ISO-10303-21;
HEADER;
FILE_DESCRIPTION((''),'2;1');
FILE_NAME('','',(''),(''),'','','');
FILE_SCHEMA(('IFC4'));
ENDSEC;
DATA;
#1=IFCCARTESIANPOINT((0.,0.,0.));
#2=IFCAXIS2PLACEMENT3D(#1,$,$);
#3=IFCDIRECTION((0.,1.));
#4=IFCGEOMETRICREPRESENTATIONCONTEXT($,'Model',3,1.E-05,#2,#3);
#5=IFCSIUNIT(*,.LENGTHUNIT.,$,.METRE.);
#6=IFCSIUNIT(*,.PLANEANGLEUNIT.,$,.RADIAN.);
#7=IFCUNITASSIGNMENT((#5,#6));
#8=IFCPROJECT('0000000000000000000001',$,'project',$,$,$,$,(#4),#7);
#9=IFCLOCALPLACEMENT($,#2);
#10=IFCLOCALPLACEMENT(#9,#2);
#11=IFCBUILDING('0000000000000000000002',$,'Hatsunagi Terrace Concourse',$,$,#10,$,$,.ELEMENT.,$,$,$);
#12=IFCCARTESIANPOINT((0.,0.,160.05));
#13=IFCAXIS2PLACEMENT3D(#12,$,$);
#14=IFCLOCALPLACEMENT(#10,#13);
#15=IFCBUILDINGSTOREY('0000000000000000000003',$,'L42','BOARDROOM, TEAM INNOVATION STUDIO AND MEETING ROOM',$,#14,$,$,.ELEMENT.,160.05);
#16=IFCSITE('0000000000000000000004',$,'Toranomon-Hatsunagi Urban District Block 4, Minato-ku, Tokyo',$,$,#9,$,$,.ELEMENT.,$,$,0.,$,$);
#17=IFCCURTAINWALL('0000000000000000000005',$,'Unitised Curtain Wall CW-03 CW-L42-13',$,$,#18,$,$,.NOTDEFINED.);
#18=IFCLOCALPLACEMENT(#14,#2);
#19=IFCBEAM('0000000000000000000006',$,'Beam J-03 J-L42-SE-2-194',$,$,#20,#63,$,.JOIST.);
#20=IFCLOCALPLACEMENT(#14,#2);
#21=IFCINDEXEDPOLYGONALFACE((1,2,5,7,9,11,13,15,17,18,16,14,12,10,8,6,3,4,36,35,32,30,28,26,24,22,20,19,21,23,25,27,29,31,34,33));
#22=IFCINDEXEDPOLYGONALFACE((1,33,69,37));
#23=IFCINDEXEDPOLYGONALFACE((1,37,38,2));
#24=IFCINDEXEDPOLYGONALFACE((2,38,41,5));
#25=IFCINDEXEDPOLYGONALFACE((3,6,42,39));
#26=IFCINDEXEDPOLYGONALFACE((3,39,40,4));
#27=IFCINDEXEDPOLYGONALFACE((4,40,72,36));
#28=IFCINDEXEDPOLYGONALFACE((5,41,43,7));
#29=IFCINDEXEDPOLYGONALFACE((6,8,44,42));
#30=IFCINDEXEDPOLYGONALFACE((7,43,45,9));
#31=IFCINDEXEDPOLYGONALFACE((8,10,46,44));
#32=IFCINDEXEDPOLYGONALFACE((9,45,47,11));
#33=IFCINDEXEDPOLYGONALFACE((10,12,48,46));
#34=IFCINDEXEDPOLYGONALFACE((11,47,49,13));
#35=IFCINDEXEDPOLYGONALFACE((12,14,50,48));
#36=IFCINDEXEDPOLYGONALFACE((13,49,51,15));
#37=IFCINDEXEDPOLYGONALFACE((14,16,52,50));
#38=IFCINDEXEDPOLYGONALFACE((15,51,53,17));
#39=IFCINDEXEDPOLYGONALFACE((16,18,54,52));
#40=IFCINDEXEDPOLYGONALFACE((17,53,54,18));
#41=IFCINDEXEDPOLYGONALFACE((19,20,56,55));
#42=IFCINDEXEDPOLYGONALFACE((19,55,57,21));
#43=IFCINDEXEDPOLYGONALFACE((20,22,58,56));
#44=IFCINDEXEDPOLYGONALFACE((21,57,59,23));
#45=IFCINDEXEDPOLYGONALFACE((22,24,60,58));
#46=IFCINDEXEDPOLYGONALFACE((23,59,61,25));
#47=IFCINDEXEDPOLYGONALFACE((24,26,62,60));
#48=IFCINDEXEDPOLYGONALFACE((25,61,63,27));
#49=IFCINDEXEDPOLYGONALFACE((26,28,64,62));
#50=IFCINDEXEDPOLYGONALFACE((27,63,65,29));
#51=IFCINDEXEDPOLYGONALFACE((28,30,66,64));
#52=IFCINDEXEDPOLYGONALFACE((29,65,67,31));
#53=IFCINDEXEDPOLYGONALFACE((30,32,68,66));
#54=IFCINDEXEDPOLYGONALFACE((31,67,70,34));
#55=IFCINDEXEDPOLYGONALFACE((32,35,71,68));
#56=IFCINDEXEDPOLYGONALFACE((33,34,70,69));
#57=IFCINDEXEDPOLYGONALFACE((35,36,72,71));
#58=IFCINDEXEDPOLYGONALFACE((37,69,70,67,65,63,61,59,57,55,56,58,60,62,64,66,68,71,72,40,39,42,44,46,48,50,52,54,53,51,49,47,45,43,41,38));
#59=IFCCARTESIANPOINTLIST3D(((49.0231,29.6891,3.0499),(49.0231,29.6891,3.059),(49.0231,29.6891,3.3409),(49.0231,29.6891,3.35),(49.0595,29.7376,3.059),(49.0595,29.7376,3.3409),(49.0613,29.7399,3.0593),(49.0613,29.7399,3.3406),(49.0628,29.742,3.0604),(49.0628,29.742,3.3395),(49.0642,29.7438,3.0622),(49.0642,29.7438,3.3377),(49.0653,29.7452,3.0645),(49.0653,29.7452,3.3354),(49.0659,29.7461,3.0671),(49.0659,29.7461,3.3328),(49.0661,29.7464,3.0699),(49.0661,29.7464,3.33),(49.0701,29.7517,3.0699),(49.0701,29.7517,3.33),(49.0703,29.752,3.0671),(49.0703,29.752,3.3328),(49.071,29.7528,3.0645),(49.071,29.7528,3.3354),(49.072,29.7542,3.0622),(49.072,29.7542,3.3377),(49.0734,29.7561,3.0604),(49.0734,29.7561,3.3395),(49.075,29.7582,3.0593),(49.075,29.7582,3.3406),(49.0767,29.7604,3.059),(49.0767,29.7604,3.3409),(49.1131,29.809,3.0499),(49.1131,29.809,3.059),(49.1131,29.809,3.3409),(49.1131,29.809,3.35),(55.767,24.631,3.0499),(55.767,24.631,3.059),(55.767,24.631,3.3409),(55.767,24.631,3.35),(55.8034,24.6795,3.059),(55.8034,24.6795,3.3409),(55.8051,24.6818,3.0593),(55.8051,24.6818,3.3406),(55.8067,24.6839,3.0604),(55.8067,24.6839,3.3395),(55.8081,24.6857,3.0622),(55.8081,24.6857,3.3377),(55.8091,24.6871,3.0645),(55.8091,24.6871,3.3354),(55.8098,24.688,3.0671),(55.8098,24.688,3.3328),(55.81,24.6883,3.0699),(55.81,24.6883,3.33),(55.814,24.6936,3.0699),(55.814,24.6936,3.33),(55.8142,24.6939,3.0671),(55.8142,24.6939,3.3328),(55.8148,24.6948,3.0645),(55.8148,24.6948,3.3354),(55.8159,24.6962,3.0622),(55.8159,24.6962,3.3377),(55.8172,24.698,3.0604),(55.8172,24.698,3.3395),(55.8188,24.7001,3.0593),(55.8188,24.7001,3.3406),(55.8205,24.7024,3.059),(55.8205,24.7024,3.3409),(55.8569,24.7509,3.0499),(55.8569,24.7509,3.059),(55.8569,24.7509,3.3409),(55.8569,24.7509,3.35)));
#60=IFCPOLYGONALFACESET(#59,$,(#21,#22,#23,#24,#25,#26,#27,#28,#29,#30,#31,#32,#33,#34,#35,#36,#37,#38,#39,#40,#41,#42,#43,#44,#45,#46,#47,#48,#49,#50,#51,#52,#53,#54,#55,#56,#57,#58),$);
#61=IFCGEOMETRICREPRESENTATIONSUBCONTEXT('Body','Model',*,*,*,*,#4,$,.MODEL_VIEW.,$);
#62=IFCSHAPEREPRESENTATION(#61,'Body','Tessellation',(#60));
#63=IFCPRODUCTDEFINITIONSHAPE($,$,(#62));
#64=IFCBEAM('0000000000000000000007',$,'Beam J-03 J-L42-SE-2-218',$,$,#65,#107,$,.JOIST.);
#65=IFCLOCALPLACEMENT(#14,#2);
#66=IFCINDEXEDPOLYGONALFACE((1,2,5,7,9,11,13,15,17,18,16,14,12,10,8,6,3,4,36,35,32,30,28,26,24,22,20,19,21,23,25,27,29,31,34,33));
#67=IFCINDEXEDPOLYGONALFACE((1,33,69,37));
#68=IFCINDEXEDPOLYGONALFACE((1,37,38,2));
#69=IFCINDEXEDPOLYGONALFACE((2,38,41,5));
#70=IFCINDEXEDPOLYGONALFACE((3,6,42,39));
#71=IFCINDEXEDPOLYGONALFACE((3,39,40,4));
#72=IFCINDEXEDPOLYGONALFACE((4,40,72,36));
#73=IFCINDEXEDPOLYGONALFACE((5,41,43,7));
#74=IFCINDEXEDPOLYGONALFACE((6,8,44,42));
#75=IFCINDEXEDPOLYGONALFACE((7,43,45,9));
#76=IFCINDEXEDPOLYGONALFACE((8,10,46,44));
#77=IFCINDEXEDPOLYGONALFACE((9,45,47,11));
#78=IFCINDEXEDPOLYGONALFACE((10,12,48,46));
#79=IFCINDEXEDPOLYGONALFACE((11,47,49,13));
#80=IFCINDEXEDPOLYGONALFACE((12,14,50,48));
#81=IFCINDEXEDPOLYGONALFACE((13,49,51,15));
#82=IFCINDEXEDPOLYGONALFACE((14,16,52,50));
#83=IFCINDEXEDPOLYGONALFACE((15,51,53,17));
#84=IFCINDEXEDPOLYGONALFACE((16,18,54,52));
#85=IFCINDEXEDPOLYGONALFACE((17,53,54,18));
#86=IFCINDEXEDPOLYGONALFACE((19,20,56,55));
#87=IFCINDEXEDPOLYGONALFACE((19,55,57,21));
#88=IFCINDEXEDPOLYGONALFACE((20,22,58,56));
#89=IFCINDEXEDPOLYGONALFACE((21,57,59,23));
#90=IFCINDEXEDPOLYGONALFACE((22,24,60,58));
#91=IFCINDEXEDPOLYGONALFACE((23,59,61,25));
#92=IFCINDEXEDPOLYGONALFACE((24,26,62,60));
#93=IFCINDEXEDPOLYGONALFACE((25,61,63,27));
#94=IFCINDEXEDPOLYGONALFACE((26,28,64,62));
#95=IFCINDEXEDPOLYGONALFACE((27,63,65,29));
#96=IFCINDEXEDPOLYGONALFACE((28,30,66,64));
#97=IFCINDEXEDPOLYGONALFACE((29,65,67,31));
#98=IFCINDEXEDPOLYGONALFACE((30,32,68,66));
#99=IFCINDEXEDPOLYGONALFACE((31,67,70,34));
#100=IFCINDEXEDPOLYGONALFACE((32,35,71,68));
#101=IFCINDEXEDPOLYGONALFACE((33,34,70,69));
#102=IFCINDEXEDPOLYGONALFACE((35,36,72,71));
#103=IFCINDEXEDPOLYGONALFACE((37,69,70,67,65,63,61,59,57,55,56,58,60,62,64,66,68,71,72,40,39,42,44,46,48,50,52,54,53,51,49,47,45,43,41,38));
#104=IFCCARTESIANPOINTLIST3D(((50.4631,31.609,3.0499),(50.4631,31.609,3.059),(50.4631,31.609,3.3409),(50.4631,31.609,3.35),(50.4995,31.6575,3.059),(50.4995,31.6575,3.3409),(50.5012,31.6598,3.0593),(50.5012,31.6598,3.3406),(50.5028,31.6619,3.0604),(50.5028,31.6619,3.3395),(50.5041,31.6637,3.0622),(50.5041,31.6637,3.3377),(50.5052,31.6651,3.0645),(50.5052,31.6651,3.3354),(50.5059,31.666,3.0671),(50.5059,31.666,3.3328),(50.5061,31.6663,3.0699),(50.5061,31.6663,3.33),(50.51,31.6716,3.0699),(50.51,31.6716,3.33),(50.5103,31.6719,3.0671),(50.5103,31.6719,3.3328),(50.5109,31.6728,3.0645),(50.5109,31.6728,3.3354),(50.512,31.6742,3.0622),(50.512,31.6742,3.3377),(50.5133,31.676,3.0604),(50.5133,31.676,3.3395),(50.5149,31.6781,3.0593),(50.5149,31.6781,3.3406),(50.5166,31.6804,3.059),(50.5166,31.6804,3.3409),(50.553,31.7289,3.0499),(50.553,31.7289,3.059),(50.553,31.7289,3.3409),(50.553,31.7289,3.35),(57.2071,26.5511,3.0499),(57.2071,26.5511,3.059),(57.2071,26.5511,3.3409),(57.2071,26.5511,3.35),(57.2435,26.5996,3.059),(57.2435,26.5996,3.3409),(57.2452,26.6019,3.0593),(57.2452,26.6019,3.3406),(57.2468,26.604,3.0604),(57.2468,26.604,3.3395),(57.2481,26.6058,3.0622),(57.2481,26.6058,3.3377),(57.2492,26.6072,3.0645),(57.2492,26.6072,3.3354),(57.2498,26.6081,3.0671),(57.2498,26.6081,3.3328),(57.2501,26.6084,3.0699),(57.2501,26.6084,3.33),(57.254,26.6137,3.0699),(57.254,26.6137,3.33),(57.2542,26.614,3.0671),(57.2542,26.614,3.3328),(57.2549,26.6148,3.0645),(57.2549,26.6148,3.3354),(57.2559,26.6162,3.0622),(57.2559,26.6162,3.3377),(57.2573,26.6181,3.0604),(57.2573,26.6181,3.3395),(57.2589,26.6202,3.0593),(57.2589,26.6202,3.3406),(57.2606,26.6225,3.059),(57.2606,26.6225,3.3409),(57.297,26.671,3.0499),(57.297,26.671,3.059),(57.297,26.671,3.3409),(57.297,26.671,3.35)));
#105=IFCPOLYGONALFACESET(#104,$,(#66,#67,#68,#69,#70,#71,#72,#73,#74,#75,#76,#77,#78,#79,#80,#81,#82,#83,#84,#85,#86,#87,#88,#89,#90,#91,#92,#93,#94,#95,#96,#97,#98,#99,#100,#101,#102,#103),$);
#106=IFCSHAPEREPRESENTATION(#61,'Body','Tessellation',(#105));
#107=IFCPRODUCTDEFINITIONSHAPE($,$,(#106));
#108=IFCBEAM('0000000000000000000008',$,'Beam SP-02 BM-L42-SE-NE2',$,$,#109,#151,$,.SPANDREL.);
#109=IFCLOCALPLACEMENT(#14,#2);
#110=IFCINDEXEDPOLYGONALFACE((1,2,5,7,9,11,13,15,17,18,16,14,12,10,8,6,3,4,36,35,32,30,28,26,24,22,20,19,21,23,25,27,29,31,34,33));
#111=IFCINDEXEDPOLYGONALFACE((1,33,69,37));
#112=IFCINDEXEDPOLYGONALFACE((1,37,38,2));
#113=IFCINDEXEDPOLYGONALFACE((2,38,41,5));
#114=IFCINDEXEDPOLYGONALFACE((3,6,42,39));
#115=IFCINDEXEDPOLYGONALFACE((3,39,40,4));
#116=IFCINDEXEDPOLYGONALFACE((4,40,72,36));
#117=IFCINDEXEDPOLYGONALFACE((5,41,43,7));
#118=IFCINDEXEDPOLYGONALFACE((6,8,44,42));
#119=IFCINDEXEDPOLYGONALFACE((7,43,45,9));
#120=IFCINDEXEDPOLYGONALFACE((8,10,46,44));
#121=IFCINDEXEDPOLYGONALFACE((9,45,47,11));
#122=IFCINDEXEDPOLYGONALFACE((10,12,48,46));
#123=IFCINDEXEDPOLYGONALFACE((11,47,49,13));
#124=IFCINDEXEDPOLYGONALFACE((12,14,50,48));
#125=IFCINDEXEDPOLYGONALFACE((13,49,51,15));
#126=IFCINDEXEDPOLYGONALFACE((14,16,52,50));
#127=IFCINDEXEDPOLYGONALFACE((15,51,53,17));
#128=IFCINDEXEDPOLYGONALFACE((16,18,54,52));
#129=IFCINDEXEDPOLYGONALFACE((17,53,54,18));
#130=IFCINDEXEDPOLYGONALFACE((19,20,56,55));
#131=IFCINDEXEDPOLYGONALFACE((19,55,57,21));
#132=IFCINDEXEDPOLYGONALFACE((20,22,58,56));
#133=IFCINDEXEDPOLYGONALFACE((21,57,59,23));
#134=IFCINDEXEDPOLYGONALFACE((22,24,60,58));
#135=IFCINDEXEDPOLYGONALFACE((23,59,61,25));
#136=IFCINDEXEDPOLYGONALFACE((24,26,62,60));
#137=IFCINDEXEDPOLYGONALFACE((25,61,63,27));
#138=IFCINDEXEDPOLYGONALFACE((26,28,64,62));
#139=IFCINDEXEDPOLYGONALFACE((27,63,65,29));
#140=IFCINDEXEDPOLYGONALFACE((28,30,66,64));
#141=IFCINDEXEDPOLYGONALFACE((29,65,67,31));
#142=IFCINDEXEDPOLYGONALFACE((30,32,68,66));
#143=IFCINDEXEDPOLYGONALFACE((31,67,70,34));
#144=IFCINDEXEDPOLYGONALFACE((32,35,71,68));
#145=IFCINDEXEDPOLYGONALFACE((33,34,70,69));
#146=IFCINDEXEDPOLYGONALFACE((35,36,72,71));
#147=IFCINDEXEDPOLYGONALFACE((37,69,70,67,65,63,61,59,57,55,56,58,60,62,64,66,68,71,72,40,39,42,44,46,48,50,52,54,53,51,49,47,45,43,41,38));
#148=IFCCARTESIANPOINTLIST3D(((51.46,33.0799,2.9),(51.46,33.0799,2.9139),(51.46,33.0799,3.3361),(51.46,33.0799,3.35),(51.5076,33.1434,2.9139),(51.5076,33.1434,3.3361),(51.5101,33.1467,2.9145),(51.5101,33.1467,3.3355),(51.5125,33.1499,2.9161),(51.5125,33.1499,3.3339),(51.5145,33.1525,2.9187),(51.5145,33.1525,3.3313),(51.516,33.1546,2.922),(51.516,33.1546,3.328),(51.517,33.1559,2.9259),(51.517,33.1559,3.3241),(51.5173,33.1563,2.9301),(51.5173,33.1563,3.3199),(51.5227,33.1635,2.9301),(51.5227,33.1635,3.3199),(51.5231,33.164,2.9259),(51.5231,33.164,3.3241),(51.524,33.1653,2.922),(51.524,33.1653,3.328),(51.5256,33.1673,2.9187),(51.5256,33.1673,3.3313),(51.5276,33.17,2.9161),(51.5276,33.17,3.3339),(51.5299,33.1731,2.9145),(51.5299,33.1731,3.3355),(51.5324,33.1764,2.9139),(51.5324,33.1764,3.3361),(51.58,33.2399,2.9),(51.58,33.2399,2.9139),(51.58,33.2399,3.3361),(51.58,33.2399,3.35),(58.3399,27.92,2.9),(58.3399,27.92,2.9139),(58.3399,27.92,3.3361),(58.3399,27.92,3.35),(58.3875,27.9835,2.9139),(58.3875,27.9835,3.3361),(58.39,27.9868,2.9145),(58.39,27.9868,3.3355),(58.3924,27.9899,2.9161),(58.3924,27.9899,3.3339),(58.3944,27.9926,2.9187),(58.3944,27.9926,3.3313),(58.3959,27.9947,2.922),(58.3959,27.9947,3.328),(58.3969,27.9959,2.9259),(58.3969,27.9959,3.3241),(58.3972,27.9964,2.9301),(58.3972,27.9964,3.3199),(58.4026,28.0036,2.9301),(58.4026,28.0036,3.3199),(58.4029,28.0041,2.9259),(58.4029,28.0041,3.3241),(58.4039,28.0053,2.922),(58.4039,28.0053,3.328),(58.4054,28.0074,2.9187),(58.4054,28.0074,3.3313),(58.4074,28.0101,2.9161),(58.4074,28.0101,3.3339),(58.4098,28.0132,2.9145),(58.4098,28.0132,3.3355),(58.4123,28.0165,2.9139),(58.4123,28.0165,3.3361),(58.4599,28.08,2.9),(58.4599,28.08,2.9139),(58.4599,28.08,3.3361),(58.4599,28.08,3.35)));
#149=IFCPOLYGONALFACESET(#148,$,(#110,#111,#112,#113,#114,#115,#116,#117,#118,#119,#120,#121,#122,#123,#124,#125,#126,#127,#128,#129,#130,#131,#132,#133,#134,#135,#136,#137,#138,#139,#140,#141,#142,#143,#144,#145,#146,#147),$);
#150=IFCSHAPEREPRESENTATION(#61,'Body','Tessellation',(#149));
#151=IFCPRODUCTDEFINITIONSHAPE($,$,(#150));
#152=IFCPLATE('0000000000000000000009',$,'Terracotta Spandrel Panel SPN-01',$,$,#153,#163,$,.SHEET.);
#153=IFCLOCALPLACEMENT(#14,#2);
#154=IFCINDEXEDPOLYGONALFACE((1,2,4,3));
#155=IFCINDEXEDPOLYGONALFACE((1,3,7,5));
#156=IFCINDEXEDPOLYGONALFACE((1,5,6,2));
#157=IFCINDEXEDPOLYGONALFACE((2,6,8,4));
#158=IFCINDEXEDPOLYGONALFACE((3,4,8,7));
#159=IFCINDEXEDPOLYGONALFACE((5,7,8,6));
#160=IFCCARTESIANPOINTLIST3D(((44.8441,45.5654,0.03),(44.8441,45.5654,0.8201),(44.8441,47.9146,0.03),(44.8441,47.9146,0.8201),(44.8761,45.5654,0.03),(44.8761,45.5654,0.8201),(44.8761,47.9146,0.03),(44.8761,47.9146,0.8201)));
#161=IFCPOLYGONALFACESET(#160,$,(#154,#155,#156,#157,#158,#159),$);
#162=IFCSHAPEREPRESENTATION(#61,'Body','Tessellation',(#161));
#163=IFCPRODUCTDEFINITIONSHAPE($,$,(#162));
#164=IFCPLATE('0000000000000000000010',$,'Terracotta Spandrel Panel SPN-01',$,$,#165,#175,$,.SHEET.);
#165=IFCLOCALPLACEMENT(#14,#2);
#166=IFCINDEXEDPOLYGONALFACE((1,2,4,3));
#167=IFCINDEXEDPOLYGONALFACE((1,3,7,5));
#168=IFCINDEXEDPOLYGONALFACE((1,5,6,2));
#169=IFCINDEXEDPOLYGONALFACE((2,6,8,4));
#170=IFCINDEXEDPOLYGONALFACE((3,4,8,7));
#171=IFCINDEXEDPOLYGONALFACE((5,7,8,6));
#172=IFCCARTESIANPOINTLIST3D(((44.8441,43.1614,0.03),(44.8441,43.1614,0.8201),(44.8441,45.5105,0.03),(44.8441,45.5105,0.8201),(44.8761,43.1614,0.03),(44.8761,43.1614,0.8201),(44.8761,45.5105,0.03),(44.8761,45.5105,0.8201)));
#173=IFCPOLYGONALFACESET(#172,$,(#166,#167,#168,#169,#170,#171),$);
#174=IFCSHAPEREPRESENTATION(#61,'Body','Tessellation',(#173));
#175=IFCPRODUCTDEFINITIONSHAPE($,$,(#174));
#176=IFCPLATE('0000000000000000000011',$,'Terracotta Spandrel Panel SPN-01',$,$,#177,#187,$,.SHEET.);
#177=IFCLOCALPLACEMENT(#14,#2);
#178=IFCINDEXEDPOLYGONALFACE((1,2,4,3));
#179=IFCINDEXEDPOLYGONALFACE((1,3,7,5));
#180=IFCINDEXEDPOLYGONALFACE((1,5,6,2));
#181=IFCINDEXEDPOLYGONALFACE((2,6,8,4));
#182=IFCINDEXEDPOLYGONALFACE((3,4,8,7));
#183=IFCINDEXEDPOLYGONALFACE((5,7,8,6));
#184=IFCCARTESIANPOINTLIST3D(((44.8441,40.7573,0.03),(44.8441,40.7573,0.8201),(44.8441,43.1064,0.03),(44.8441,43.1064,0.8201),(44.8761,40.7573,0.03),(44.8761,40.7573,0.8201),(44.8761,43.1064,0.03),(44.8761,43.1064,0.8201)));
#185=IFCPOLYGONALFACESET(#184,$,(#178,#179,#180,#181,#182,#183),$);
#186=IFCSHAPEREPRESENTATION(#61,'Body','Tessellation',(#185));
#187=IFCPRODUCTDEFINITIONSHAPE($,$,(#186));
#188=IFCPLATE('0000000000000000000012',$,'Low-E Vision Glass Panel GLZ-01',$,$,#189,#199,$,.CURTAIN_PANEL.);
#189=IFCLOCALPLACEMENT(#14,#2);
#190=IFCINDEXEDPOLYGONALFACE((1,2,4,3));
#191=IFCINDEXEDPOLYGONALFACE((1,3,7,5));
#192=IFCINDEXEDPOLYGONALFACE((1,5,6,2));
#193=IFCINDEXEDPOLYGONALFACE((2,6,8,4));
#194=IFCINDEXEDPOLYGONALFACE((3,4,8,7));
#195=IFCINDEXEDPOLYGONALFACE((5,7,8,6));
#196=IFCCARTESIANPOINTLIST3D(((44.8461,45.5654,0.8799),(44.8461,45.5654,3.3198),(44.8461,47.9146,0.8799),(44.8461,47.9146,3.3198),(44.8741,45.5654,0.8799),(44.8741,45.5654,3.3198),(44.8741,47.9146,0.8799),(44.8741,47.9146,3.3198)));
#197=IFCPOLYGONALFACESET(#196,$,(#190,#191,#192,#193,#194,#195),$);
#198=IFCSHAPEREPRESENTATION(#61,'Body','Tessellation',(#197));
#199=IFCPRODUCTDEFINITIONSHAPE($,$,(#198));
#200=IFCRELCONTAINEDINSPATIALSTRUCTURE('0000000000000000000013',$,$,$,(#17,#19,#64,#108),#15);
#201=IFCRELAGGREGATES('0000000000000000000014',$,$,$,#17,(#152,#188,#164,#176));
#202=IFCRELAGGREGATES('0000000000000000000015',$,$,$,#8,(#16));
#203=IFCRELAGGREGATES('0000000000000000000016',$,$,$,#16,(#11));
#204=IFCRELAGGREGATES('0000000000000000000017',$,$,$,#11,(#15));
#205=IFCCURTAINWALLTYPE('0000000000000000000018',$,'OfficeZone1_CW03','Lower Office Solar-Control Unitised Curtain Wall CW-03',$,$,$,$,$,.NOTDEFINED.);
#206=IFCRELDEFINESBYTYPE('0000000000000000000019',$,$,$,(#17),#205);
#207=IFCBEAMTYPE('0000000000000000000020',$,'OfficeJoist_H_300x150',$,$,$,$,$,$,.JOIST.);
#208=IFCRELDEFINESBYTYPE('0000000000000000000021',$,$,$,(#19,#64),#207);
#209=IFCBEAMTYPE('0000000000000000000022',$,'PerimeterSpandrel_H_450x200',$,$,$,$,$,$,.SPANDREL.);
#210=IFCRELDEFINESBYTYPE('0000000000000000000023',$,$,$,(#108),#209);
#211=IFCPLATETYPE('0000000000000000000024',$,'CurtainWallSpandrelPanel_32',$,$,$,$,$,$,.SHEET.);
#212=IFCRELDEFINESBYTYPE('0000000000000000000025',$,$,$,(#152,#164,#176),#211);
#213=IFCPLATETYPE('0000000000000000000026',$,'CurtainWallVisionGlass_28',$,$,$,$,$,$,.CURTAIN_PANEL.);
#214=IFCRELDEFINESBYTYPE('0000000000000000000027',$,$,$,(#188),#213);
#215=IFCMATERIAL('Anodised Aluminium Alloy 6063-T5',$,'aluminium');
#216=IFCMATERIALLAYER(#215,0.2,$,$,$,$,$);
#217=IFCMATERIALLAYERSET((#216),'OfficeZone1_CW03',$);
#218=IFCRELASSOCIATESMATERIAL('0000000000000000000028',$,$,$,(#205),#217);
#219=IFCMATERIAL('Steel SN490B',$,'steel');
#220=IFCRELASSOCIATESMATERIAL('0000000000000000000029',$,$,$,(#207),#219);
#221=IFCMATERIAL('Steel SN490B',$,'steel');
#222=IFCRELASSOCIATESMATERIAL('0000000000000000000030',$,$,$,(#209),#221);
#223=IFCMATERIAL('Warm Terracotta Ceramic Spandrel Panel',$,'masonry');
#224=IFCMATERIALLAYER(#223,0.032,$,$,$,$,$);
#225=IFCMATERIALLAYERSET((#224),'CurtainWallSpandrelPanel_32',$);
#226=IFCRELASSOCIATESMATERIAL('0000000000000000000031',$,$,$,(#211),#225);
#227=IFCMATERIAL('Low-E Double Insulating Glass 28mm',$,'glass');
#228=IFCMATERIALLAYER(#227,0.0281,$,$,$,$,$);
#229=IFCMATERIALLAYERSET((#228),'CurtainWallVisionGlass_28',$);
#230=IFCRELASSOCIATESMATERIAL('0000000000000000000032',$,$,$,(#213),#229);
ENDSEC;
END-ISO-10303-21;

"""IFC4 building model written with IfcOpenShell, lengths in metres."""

from ifc_helpers import new_model, si_unit, direction, frame, origin, origin_2d, place, context, subcontext, project, spatial, rectangle, i_section, extrude, material, layer, layer_set, material_profile, profile_set, type_object, element, aggregate, save


model = new_model("IFC4")

# Units and contexts
model_context = context("Model", 3, precision=1e-05, world=origin(), true_north=direction((0.0, 1.0)))
body_context = subcontext(model_context, "Body", "Model", "MODEL_VIEW")
ifc_project = project(units=[si_unit("LENGTHUNIT", "METRE"), si_unit("PLANEANGLEUNIT", "RADIAN")], contexts=[model_context])

# Site, building, storey
site_placement = place(None, origin())
site = spatial("IfcSite", under=ifc_project, at=site_placement, Name="Toranomon-Hatsunagi Urban District Block 4, Minato-ku, Tokyo", CompositionType="ELEMENT", RefElevation=0.0)
building_placement = place(site_placement, origin())
building = spatial("IfcBuilding", under=site, at=building_placement, Name="Hatsunagi Terrace Concourse", CompositionType="ELEMENT")
storey_placement = place(building_placement, frame((0.0, 0.0, 160.05)))
storey = spatial("IfcBuildingStorey", under=building, at=storey_placement, Name="L42", Description="BOARDROOM, TEAM INNOVATION STUDIO AND MEETING ROOM", CompositionType="ELEMENT", Elevation=160.05)

# Curtain wall
ifc_material_1 = material(Name="Anodised Aluminium Alloy 6063-T5", Category="aluminium")
ifc_layer_1 = layer(ifc_material_1, 0.2)
ifc_layer_set_1 = layer_set([ifc_layer_1], Name="OfficeZone1_CW03")
curtain_wall_type = type_object("IfcCurtainWallType", Name="OfficeZone1_CW03", Description="Lower Office Solar-Control Unitised Curtain Wall CW-03", PredefinedType="NOTDEFINED", material=ifc_layer_set_1)
curtain_wall_placement = place(storey_placement, origin())
curtain_wall = element("IfcCurtainWall", 1, at=curtain_wall_placement, inside=storey, type_object=curtain_wall_type, Name="Unitised Curtain Wall CW-03 CW-L42-13", PredefinedType="NOTDEFINED")

# Beams
ifc_material_2 = material(Name="Steel SN490B", Category="steel")
ifc_material_profile_1 = material_profile(ifc_material_2, i_section(OverallWidth=0.1499, OverallDepth=0.3, WebThickness=0.0066, FlangeThickness=0.009, FilletRadius=0.011, at=origin_2d()), Name="H-300x150x6.5x9")
ifc_profile_set_1 = profile_set([ifc_material_profile_1], Name="Steel SN490B")
beam_type_1 = type_object("IfcBeamType", Name="OfficeJoist_H_300x150", PredefinedType="JOIST", material=ifc_profile_set_1)
for number, where, z_axis, x_axis, name in (
    (2, (49.0681, 29.749, 3.2), (0.79999, -0.600014, 0.0), (0.600014, 0.79999, 0.0), "Beam J-03 J-L42-SE-2-194"),
    (3, (50.5081, 31.6689, 3.2), (0.800003, -0.599995, 0.0), (0.599995, 0.800003, 0.0), "Beam J-03 J-L42-SE-2-218"),
):
    element("IfcBeam", number, at=place(storey_placement, frame(where, z_axis=z_axis, x_axis=x_axis)), inside=storey, type_object=beam_type_1, Name=name, PredefinedType="JOIST", context=body_context, shape_type="SweptSolid", body=[
        extrude(i_section(OverallWidth=0.1499, OverallDepth=0.3, WebThickness=0.0066, FlangeThickness=0.009, FilletRadius=0.011, at=origin_2d()), origin(), (0.0, 0.0, 1.0), 8.4299),
    ])
ifc_material_3 = material(Name="Steel SN490B", Category="steel")
ifc_material_profile_2 = material_profile(ifc_material_3, i_section(OverallWidth=0.2, OverallDepth=0.45, WebThickness=0.009, FlangeThickness=0.0139, FilletRadius=0.0161, at=origin_2d()), Name="H-450x200x9x14")
ifc_profile_set_2 = profile_set([ifc_material_profile_2], Name="Steel SN490B")
beam_type_2 = type_object("IfcBeamType", Name="PerimeterSpandrel_H_450x200", PredefinedType="SPANDREL", material=ifc_profile_set_2)
beam_placement = place(storey_placement, frame((51.52, 33.1599, 3.125), z_axis=(0.8, -0.6, 0.0), x_axis=(0.6, 0.8, 0.0)))
element("IfcBeam", 4, at=beam_placement, inside=storey, type_object=beam_type_2, Name="Beam SP-02 BM-L42-SE-NE2", PredefinedType="SPANDREL", context=body_context, shape_type="SweptSolid", body=[
    extrude(i_section(OverallWidth=0.2, OverallDepth=0.45, WebThickness=0.009, FlangeThickness=0.0139, FilletRadius=0.0161, at=origin_2d()), origin(), (0.0, 0.0, 1.0), 8.5999),
])

# Plates
ifc_material_4 = material(Name="Warm Terracotta Ceramic Spandrel Panel", Category="masonry")
ifc_layer_2 = layer(ifc_material_4, 0.032)
ifc_layer_set_2 = layer_set([ifc_layer_2], Name="CurtainWallSpandrelPanel_32")
plate_type_1 = type_object("IfcPlateType", Name="CurtainWallSpandrelPanel_32", PredefinedType="SHEET", material=ifc_layer_set_2)
plate_1_placement = place(storey_placement, frame((44.8601, 46.74, 0.03), z_axis=(0.0, 0.0, 1.0), x_axis=(0.0, -1.0, 0.0)))
plate_1 = element("IfcPlate", 5, at=plate_1_placement, type_object=plate_type_1, Name="Terracotta Spandrel Panel SPN-01", PredefinedType="SHEET", context=body_context, shape_type="SweptSolid", body=[
    extrude(rectangle(XDim=2.3491, YDim=0.032, at=origin_2d()), origin(), (0.0, 0.0, 1.0), 0.79),
])
plate_2_placement = place(storey_placement, frame((44.8601, 44.3359, 0.03), z_axis=(0.0, 0.0, 1.0), x_axis=(0.0, -1.0, 0.0)))
plate_2 = element("IfcPlate", 6, at=plate_2_placement, type_object=plate_type_1, Name="Terracotta Spandrel Panel SPN-01", PredefinedType="SHEET", context=body_context, shape_type="SweptSolid", body=[
    extrude(rectangle(XDim=2.3491, YDim=0.032, at=origin_2d()), origin(), (0.0, 0.0, 1.0), 0.79),
])
plate_3_placement = place(storey_placement, frame((44.8601, 41.9319, 0.03), z_axis=(0.0, 0.0, 1.0), x_axis=(0.0, -1.0, 0.0)))
plate_3 = element("IfcPlate", 7, at=plate_3_placement, type_object=plate_type_1, Name="Terracotta Spandrel Panel SPN-01", PredefinedType="SHEET", context=body_context, shape_type="SweptSolid", body=[
    extrude(rectangle(XDim=2.3491, YDim=0.032, at=origin_2d()), origin(), (0.0, 0.0, 1.0), 0.79),
])
ifc_material_5 = material(Name="Low-E Double Insulating Glass 28mm", Category="glass")
ifc_layer_3 = layer(ifc_material_5, 0.0281)
ifc_layer_set_3 = layer_set([ifc_layer_3], Name="CurtainWallVisionGlass_28")
plate_type_2 = type_object("IfcPlateType", Name="CurtainWallVisionGlass_28", PredefinedType="CURTAIN_PANEL", material=ifc_layer_set_3)
plate_4_placement = place(storey_placement, frame((44.8601, 46.74, 0.8799), z_axis=(0.0, 0.0, 1.0), x_axis=(0.0, -1.0, 0.0)))
plate_4 = element("IfcPlate", 8, at=plate_4_placement, type_object=plate_type_2, Name="Low-E Vision Glass Panel GLZ-01", PredefinedType="CURTAIN_PANEL", context=body_context, shape_type="SweptSolid", body=[
    extrude(rectangle(XDim=2.3491, YDim=0.0281, at=origin_2d()), origin(), (0.0, 0.0, 1.0), 2.4399),
])
aggregate(curtain_wall, [plate_1, plate_4, plate_2, plate_3])

save(model, "model.ifc")
